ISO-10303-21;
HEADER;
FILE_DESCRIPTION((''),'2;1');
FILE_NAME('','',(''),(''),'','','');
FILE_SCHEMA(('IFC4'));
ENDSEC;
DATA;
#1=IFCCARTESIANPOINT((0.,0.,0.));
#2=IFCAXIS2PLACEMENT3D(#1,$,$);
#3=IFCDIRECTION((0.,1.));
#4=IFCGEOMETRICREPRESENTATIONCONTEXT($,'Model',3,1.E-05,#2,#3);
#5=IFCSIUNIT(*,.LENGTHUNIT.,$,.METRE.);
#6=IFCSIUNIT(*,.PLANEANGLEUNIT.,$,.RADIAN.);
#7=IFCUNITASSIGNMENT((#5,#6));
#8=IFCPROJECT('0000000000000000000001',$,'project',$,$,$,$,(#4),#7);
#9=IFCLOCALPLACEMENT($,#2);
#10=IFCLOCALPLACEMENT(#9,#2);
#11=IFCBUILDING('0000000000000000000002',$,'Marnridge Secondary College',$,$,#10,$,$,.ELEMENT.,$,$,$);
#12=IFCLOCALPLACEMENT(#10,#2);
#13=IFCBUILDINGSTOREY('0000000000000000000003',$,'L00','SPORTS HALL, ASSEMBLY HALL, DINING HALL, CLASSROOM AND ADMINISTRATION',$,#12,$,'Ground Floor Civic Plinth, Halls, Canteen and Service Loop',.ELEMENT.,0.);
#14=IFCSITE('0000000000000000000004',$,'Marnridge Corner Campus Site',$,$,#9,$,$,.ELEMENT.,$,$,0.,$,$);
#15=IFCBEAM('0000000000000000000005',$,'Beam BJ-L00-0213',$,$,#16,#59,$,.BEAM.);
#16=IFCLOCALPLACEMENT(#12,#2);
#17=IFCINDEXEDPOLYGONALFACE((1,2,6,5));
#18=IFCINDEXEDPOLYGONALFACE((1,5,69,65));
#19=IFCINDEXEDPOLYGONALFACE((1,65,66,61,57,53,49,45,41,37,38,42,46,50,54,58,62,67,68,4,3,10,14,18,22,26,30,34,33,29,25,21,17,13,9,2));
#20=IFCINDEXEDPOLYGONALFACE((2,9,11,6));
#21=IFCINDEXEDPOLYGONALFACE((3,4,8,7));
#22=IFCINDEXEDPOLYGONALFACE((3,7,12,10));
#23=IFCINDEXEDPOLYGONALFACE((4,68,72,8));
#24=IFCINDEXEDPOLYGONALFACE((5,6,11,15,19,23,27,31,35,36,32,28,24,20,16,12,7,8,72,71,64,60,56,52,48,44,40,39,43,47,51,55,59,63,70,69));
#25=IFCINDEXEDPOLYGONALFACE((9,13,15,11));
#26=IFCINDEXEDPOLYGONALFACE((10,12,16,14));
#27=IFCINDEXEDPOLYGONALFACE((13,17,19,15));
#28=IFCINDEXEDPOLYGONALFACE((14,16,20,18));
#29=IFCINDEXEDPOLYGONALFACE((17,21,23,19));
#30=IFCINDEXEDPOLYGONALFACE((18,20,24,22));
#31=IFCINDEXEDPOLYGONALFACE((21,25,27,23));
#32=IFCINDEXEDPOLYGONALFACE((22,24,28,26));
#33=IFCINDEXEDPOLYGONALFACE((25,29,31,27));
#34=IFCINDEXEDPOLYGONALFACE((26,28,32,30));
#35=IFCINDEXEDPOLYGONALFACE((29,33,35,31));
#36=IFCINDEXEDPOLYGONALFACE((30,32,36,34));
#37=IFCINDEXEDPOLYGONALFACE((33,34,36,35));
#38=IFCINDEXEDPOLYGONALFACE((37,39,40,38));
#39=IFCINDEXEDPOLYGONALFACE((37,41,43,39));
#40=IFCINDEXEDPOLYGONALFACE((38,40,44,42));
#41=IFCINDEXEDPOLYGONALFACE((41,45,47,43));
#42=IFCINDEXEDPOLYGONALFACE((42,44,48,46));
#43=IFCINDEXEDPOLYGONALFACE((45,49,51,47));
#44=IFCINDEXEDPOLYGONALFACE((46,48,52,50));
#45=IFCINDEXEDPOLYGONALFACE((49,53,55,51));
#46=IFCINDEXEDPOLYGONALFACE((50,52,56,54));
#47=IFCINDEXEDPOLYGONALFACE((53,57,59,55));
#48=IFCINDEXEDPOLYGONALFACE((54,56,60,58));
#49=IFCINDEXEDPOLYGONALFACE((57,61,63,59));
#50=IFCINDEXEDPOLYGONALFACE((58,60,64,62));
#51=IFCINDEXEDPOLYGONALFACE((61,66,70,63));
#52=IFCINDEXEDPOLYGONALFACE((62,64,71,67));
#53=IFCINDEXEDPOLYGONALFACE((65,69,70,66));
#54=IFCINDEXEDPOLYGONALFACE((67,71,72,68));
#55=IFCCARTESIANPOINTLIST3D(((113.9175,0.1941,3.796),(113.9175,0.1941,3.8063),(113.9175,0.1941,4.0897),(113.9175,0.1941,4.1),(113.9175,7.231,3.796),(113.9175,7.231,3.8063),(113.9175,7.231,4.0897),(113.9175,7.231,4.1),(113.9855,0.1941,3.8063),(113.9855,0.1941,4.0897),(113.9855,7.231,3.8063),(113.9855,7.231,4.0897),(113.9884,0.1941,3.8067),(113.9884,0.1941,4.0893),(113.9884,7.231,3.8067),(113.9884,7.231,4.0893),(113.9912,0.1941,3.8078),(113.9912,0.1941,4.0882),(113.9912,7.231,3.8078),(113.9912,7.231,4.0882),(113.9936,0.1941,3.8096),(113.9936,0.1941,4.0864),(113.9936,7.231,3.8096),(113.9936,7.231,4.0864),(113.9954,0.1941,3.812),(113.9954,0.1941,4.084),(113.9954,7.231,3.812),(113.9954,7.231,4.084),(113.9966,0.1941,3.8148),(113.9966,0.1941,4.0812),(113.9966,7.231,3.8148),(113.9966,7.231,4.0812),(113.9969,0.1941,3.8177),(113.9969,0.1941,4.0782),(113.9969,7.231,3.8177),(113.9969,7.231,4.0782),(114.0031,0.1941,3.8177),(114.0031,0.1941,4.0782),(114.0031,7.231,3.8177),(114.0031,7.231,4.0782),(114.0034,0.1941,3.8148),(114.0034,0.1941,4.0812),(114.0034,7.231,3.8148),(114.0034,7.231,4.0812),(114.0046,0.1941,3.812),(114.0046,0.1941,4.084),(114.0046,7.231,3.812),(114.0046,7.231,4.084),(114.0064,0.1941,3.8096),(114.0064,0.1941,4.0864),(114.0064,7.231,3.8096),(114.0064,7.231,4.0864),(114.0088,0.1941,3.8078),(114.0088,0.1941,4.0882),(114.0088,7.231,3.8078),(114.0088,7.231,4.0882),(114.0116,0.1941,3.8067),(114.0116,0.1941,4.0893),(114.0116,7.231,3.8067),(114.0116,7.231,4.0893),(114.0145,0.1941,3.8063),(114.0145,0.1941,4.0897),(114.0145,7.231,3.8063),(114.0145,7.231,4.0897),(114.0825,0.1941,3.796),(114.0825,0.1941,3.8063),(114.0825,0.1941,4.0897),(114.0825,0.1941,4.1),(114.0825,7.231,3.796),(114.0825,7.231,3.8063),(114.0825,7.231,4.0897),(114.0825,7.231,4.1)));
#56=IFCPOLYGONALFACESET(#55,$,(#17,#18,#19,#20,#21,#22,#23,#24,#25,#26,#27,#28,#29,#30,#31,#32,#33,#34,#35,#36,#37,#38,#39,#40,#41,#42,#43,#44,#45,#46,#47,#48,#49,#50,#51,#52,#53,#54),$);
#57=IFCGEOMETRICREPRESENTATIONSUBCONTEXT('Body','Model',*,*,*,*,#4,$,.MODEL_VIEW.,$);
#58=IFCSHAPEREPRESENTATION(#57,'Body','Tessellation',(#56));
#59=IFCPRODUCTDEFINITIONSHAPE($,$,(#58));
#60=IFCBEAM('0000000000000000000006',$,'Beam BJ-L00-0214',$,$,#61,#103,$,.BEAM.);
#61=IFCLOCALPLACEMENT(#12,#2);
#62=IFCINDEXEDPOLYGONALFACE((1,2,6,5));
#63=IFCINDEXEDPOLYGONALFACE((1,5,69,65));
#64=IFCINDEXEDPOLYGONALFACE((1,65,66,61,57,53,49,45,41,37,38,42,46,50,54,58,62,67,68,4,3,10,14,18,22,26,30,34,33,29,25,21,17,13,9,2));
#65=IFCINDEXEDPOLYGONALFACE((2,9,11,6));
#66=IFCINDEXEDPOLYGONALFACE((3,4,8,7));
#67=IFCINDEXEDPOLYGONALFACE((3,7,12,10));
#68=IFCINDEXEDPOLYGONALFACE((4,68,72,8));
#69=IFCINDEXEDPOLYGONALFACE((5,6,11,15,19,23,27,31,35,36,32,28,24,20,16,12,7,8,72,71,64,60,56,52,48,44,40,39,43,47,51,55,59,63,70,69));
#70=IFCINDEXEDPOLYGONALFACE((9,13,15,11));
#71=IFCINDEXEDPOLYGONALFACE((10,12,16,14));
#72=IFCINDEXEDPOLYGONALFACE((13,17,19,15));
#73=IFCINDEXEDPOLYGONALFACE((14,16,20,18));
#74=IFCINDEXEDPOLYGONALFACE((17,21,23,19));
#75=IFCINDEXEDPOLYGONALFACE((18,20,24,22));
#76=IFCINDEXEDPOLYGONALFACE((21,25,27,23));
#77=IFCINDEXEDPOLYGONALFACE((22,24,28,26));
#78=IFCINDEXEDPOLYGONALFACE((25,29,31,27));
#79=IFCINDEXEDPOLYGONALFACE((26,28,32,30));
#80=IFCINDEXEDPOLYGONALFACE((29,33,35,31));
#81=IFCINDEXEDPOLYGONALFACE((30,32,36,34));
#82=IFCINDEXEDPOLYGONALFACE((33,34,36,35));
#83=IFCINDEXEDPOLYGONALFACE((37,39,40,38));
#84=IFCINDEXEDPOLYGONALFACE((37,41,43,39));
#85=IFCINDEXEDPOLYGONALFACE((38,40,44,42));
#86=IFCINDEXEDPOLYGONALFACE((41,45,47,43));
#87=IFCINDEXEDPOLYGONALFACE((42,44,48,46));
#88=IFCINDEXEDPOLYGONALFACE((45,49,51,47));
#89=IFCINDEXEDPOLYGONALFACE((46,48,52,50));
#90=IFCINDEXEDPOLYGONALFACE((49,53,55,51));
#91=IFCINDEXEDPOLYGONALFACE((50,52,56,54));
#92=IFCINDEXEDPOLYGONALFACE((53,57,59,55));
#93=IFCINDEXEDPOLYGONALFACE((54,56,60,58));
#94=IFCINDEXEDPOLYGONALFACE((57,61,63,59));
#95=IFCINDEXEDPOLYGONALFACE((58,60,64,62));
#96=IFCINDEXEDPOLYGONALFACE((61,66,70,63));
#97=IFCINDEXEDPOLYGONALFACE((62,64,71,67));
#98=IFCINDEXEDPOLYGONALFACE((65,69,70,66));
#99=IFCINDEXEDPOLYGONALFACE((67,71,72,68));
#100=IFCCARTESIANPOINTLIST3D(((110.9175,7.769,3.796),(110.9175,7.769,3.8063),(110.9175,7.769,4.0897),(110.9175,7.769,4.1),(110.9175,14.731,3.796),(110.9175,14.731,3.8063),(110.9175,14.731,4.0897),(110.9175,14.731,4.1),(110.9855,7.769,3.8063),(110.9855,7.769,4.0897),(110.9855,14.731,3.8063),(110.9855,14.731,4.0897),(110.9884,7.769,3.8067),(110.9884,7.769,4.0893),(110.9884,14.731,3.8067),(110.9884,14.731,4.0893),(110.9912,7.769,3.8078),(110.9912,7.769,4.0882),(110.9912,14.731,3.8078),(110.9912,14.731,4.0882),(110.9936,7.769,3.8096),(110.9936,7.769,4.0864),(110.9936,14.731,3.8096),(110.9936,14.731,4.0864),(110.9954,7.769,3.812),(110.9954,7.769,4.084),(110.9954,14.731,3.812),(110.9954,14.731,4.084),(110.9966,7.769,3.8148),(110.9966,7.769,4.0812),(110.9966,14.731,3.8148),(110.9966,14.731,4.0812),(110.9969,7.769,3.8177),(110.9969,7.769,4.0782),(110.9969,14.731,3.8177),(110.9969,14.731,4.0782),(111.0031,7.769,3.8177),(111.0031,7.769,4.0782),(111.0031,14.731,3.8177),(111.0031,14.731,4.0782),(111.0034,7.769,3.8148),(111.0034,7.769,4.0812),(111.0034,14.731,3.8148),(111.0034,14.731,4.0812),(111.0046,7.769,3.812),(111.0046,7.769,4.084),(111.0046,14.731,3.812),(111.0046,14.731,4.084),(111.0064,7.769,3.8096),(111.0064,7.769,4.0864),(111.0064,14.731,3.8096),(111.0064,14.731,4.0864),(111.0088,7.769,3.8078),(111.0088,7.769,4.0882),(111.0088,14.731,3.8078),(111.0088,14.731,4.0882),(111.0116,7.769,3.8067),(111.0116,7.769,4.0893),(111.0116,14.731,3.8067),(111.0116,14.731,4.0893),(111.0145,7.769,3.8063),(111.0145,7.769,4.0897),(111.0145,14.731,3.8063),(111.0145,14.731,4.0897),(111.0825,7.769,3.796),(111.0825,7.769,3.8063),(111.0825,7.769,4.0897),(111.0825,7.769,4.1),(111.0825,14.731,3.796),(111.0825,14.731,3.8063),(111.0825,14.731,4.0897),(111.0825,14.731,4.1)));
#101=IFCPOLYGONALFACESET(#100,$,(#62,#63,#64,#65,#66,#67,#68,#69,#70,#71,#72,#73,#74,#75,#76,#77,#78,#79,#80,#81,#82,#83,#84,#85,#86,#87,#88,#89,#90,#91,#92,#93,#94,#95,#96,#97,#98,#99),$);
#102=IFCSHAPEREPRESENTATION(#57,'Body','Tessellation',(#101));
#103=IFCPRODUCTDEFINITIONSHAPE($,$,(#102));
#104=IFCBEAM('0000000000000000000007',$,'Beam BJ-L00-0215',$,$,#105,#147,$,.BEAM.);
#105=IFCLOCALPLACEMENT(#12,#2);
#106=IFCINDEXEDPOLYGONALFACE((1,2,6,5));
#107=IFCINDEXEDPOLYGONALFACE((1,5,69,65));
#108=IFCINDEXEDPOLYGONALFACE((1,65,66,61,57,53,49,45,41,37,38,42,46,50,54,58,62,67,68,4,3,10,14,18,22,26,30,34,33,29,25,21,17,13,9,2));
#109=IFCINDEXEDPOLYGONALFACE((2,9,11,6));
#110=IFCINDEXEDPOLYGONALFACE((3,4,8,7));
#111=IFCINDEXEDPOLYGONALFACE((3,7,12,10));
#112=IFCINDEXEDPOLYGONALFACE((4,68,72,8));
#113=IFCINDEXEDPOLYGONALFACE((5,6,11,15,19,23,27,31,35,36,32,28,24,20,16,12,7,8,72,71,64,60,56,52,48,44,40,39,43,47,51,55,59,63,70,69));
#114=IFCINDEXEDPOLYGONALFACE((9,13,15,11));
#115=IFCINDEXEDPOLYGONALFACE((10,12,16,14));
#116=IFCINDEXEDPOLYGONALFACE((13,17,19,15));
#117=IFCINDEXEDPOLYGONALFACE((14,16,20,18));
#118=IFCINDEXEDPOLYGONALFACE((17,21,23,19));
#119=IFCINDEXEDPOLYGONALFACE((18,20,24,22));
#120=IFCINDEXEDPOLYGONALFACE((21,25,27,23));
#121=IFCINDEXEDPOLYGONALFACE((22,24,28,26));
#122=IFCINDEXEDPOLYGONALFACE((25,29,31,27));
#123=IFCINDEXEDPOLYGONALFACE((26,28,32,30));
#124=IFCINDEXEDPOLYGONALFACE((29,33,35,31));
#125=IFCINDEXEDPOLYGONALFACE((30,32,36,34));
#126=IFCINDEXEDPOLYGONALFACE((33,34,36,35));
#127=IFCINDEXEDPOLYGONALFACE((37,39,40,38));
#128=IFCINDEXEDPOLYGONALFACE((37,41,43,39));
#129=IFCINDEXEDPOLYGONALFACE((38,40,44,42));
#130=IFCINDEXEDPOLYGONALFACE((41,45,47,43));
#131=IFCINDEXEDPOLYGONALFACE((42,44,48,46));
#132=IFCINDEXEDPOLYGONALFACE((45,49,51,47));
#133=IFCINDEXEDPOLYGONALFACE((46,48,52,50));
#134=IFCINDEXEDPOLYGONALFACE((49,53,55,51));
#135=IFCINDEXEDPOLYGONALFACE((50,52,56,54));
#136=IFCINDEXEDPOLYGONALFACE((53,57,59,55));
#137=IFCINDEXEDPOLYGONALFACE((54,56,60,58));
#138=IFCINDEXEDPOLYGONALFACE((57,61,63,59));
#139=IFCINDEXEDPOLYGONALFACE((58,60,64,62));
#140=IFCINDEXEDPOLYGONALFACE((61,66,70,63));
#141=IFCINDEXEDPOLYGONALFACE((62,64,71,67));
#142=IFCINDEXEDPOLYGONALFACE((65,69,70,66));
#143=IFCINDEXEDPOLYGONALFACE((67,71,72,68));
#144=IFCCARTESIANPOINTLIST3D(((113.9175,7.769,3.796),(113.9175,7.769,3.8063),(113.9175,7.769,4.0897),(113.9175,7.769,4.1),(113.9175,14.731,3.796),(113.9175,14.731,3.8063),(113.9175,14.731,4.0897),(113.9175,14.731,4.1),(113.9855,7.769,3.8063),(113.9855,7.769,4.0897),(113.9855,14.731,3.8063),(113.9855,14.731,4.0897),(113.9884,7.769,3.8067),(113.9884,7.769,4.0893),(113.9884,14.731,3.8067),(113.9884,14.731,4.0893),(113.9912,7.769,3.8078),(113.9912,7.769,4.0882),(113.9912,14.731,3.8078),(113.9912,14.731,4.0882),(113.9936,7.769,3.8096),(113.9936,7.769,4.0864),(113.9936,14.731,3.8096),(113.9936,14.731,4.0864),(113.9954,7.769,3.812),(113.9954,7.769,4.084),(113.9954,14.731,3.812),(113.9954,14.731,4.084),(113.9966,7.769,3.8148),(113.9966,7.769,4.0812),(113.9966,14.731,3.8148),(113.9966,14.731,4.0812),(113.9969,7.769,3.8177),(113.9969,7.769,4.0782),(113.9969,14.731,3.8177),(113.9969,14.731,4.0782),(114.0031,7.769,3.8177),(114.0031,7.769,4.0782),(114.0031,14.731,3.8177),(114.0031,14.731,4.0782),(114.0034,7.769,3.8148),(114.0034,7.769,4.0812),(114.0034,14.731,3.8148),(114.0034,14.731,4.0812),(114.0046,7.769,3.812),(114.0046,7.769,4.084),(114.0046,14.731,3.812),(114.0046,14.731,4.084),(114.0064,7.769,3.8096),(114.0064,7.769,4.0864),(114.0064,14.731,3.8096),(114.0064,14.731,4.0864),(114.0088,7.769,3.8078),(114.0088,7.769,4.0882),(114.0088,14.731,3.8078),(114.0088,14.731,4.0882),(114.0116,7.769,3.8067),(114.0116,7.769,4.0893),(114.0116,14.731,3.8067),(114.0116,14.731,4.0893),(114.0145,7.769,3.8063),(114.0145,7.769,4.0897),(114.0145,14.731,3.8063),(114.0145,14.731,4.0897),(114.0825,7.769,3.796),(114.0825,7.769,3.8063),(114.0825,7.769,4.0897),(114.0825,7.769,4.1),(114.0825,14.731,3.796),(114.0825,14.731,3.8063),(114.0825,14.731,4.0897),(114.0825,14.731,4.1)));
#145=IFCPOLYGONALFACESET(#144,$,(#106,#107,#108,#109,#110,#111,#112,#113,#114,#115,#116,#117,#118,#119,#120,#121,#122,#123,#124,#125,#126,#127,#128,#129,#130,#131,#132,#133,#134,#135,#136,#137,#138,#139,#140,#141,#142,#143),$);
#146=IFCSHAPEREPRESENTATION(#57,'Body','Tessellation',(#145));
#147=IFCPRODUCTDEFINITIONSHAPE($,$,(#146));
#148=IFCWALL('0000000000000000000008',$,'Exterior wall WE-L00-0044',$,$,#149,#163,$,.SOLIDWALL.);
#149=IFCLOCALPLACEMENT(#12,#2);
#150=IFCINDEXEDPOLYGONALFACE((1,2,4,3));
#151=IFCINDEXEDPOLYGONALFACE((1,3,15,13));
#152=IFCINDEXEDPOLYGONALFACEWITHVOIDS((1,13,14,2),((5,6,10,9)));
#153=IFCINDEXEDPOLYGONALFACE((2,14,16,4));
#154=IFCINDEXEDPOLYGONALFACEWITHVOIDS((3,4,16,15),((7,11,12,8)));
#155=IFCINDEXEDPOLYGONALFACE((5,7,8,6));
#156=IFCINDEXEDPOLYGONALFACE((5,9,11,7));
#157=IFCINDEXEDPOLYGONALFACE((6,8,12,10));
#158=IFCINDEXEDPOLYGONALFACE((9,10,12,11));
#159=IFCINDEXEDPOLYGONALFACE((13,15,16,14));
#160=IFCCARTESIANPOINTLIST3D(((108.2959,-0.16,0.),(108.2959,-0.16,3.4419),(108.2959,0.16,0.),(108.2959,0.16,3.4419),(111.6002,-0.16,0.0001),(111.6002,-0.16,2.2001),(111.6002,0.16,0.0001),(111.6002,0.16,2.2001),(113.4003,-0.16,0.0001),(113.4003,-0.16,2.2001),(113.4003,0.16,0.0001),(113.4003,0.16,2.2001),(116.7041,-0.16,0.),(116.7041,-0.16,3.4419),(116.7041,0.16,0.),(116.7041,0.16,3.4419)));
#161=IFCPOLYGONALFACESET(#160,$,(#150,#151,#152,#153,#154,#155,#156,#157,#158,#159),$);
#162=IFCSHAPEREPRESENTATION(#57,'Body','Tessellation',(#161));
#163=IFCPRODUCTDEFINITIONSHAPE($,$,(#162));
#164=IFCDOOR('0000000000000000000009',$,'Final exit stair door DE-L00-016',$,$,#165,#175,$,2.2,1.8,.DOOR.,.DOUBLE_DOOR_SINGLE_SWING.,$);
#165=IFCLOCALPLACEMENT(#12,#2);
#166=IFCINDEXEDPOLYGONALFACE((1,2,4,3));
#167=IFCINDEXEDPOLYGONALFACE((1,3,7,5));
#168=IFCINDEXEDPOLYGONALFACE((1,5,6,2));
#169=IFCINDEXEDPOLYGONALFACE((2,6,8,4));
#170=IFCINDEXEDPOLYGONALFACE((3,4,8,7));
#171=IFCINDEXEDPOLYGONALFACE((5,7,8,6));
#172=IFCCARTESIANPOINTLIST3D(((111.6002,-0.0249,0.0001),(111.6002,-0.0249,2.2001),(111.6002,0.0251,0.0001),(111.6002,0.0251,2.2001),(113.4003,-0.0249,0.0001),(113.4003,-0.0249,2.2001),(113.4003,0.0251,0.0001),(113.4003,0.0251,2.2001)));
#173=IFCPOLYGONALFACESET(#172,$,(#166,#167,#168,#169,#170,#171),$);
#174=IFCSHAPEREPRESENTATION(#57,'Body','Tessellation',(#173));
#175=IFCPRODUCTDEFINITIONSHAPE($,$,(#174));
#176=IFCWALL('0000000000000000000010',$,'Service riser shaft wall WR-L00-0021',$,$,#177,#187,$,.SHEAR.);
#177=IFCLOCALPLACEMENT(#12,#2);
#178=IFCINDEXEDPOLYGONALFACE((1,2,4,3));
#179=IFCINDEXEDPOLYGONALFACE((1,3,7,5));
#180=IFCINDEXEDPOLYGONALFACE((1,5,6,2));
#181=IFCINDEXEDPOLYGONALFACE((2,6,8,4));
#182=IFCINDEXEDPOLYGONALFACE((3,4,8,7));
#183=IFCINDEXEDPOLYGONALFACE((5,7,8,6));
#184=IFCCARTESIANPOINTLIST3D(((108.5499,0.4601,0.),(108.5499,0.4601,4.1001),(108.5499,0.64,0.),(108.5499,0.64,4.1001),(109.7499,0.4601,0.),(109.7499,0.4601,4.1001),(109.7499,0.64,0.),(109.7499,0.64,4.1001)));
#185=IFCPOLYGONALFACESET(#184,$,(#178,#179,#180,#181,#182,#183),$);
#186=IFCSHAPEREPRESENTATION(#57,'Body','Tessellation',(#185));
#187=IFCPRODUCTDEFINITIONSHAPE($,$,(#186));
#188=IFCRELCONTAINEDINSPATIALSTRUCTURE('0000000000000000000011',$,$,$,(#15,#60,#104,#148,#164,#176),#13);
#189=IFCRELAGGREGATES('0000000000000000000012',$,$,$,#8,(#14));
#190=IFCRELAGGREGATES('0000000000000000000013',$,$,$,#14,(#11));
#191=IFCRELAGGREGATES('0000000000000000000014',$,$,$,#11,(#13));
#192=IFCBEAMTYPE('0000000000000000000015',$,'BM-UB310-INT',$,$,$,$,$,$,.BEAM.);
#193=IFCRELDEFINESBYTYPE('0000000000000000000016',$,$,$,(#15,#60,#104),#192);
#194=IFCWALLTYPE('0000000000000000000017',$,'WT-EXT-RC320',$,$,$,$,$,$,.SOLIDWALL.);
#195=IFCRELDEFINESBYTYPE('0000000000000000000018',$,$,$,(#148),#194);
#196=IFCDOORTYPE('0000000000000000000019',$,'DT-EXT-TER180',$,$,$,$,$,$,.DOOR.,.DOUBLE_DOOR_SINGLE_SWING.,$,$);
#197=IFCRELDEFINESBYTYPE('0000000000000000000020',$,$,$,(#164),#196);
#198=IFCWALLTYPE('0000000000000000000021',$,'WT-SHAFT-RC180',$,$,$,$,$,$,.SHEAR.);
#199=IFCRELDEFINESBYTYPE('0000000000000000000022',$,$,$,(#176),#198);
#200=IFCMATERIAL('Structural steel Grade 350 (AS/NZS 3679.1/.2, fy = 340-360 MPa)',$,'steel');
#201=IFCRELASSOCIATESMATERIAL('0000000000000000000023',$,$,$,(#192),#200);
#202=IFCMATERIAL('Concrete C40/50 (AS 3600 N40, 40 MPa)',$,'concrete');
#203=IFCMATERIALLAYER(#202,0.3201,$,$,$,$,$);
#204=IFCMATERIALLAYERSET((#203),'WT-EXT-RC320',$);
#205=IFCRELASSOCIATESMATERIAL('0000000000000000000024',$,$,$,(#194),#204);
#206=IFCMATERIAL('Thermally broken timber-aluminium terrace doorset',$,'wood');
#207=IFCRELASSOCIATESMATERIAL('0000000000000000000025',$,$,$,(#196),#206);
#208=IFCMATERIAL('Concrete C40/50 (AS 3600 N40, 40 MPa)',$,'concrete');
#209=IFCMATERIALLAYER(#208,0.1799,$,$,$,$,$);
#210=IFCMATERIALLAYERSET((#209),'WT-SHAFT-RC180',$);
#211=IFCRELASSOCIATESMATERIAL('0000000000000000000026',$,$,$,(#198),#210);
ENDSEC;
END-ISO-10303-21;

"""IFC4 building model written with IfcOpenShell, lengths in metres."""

from ifc_helpers import new_model, si_unit, direction, frame, frame_2d, origin, origin_2d, place, context, subcontext, project, spatial, rectangle, i_section, extrude, material, layer, layer_set, material_profile, profile_set, type_object, element, fill, save


model = new_model("IFC4")

# Units and contexts
model_context = context("Model", 3, precision=1e-05, world=origin(), true_north=direction((0.0, 1.0)))
body_context = subcontext(model_context, "Body", "Model", "MODEL_VIEW")
ifc_project = project(units=[si_unit("LENGTHUNIT", "METRE"), si_unit("PLANEANGLEUNIT", "RADIAN")], contexts=[model_context])

# Site, building, storey
site_placement = place(None, origin())
site = spatial("IfcSite", under=ifc_project, at=site_placement, Name="Marnridge Corner Campus Site", CompositionType="ELEMENT", RefElevation=0.0)
building_placement = place(site_placement, origin())
building = spatial("IfcBuilding", under=site, at=building_placement, Name="Marnridge Secondary College", CompositionType="ELEMENT")
storey_placement = place(building_placement, origin())
storey = spatial("IfcBuildingStorey", under=building, at=storey_placement, Name="L00", Description="SPORTS HALL, ASSEMBLY HALL, DINING HALL, CLASSROOM AND ADMINISTRATION", LongName="Ground Floor Civic Plinth, Halls, Canteen and Service Loop", CompositionType="ELEMENT", Elevation=0.0)

# Beams
ifc_material_1 = material(Name="Structural steel Grade 350 (AS/NZS 3679.1/.2, fy = 340-360 MPa)", Category="steel")
ifc_material_profile_1 = material_profile(ifc_material_1, i_section(OverallWidth=0.165, OverallDepth=0.304, WebThickness=0.0061, FlangeThickness=0.0103, FilletRadius=0.0115, at=origin_2d()), Name="310UB40.4")
ifc_profile_set_1 = profile_set([ifc_material_profile_1], Name="Structural steel Grade 350 (AS/NZS 3679.1/.2, fy = 340-360 MPa)")
beam_type_1 = type_object("IfcBeamType", Name="BM-UB310-INT", PredefinedType="BEAM", material=ifc_profile_set_1)
for number, where, z_axis, x_axis, name in (
    (1, (114.0, 0.1941, 3.948), (0.0, 1.0, 0.0), (-1.0, 0.0, 0.0), "Beam BJ-L00-0213"),
):
    element("IfcBeam", number, at=place(storey_placement, frame(where, z_axis=z_axis, x_axis=x_axis)), inside=storey, type_object=beam_type_1, Name=name, PredefinedType="BEAM", context=body_context, shape_type="SweptSolid", body=[
        extrude(i_section(OverallWidth=0.165, OverallDepth=0.304, WebThickness=0.0061, FlangeThickness=0.0103, FilletRadius=0.0115, at=origin_2d()), origin(), (0.0, 0.0, 1.0), 7.0369),
    ])
for number, where, z_axis, x_axis, name in (
    (2, (111.0, 7.769, 3.948), (0.0, 1.0, 0.0), (-1.0, 0.0, 0.0), "Beam BJ-L00-0214"),
    (3, (114.0, 7.769, 3.948), (0.0, 1.0, 0.0), (-1.0, 0.0, 0.0), "Beam BJ-L00-0215"),
):
    element("IfcBeam", number, at=place(storey_placement, frame(where, z_axis=z_axis, x_axis=x_axis)), inside=storey, type_object=beam_type_1, Name=name, PredefinedType="BEAM", context=body_context, shape_type="SweptSolid", body=[
        extrude(i_section(OverallWidth=0.165, OverallDepth=0.304, WebThickness=0.0061, FlangeThickness=0.0103, FilletRadius=0.0115, at=origin_2d()), origin(), (0.0, 0.0, 1.0), 6.9619),
    ])

# Wall, opening, door
ifc_material_2 = material(Name="Concrete C40/50 (AS 3600 N40, 40 MPa)", Category="concrete")
ifc_layer_1 = layer(ifc_material_2, 0.3201)
ifc_layer_set_1 = layer_set([ifc_layer_1], Name="WT-EXT-RC320")
wall_type_1 = type_object("IfcWallType", Name="WT-EXT-RC320", PredefinedType="SOLIDWALL", material=ifc_layer_set_1)
wall_placement = place(storey_placement, frame((116.7041, 0.0, 0.0), z_axis=(0.0, 0.0, 1.0), x_axis=(-1.0, 0.0, 0.0)))
wall = element("IfcWall", 4, at=wall_placement, inside=storey, type_object=wall_type_1, Name="Exterior wall WE-L00-0044", PredefinedType="SOLIDWALL", context=body_context, shape_type="SweptSolid", body=[
    extrude(rectangle(XDim=8.4082, YDim=0.3201, at=frame_2d((4.2041, 0.0))), origin(), (0.0, 0.0, 1.0), 3.4419),
])
opening_placement = place(wall_placement, frame((3.304, 0.0, 0.0)))
opening = element("IfcOpeningElement", 5, at=opening_placement, cuts=wall, PredefinedType="OPENING", context=body_context, shape_type="SweptSolid", body=[
    extrude(rectangle(XDim=1.8, YDim=2.2, at=frame_2d((0.8999, 1.1001))), frame((0.0, 0.1699, 0.0), z_axis=(0.0, -1.0, 0.0), x_axis=(1.0, 0.0, 0.0)), (0.0, 0.0, 1.0), 0.3401),
])
ifc_material_3 = material(Name="Thermally broken timber-aluminium terrace doorset", Category="wood")
door_type = type_object("IfcDoorType", Name="DT-EXT-TER180", OperationType="DOUBLE_DOOR_SINGLE_SWING", PredefinedType="DOOR", material=ifc_material_3)
door_placement = place(opening_placement, origin())
door = element("IfcDoor", 6, at=door_placement, inside=storey, type_object=door_type, Name="Final exit stair door DE-L00-016", OperationType="DOUBLE_DOOR_SINGLE_SWING", OverallHeight=2.2, OverallWidth=1.8, PredefinedType="DOOR", context=body_context, shape_type="SweptSolid", body=[
    extrude(rectangle(XDim=1.8, YDim=2.2, at=frame_2d((0.8999, 1.1001))), frame((0.0, 0.0249, 0.0), z_axis=(0.0, -1.0, 0.0), x_axis=(1.0, 0.0, 0.0)), (0.0, 0.0, 1.0), 0.05),
])
fill(opening, door)

# Wall
ifc_material_4 = material(Name="Concrete C40/50 (AS 3600 N40, 40 MPa)", Category="concrete")
ifc_layer_2 = layer(ifc_material_4, 0.1799)
ifc_layer_set_2 = layer_set([ifc_layer_2], Name="WT-SHAFT-RC180")
wall_type_2 = type_object("IfcWallType", Name="WT-SHAFT-RC180", PredefinedType="SHEAR", material=ifc_layer_set_2)
for number, where, z_axis, x_axis, name in (
    (7, (109.75, 0.55, 0.0), (0.0, 0.0, 1.0), (-1.0, 0.0, 0.0), "Service riser shaft wall WR-L00-0021"),
):
    element("IfcWall", number, at=place(storey_placement, frame(where, z_axis=z_axis, x_axis=x_axis)), inside=storey, type_object=wall_type_2, Name=name, PredefinedType="SHEAR", context=body_context, shape_type="SweptSolid", body=[
        extrude(rectangle(XDim=1.2, YDim=0.1799, at=frame_2d((0.6001, 0.0))), origin(), (0.0, 0.0, 1.0), 4.1001),
    ])

save(model, "model.ifc")
